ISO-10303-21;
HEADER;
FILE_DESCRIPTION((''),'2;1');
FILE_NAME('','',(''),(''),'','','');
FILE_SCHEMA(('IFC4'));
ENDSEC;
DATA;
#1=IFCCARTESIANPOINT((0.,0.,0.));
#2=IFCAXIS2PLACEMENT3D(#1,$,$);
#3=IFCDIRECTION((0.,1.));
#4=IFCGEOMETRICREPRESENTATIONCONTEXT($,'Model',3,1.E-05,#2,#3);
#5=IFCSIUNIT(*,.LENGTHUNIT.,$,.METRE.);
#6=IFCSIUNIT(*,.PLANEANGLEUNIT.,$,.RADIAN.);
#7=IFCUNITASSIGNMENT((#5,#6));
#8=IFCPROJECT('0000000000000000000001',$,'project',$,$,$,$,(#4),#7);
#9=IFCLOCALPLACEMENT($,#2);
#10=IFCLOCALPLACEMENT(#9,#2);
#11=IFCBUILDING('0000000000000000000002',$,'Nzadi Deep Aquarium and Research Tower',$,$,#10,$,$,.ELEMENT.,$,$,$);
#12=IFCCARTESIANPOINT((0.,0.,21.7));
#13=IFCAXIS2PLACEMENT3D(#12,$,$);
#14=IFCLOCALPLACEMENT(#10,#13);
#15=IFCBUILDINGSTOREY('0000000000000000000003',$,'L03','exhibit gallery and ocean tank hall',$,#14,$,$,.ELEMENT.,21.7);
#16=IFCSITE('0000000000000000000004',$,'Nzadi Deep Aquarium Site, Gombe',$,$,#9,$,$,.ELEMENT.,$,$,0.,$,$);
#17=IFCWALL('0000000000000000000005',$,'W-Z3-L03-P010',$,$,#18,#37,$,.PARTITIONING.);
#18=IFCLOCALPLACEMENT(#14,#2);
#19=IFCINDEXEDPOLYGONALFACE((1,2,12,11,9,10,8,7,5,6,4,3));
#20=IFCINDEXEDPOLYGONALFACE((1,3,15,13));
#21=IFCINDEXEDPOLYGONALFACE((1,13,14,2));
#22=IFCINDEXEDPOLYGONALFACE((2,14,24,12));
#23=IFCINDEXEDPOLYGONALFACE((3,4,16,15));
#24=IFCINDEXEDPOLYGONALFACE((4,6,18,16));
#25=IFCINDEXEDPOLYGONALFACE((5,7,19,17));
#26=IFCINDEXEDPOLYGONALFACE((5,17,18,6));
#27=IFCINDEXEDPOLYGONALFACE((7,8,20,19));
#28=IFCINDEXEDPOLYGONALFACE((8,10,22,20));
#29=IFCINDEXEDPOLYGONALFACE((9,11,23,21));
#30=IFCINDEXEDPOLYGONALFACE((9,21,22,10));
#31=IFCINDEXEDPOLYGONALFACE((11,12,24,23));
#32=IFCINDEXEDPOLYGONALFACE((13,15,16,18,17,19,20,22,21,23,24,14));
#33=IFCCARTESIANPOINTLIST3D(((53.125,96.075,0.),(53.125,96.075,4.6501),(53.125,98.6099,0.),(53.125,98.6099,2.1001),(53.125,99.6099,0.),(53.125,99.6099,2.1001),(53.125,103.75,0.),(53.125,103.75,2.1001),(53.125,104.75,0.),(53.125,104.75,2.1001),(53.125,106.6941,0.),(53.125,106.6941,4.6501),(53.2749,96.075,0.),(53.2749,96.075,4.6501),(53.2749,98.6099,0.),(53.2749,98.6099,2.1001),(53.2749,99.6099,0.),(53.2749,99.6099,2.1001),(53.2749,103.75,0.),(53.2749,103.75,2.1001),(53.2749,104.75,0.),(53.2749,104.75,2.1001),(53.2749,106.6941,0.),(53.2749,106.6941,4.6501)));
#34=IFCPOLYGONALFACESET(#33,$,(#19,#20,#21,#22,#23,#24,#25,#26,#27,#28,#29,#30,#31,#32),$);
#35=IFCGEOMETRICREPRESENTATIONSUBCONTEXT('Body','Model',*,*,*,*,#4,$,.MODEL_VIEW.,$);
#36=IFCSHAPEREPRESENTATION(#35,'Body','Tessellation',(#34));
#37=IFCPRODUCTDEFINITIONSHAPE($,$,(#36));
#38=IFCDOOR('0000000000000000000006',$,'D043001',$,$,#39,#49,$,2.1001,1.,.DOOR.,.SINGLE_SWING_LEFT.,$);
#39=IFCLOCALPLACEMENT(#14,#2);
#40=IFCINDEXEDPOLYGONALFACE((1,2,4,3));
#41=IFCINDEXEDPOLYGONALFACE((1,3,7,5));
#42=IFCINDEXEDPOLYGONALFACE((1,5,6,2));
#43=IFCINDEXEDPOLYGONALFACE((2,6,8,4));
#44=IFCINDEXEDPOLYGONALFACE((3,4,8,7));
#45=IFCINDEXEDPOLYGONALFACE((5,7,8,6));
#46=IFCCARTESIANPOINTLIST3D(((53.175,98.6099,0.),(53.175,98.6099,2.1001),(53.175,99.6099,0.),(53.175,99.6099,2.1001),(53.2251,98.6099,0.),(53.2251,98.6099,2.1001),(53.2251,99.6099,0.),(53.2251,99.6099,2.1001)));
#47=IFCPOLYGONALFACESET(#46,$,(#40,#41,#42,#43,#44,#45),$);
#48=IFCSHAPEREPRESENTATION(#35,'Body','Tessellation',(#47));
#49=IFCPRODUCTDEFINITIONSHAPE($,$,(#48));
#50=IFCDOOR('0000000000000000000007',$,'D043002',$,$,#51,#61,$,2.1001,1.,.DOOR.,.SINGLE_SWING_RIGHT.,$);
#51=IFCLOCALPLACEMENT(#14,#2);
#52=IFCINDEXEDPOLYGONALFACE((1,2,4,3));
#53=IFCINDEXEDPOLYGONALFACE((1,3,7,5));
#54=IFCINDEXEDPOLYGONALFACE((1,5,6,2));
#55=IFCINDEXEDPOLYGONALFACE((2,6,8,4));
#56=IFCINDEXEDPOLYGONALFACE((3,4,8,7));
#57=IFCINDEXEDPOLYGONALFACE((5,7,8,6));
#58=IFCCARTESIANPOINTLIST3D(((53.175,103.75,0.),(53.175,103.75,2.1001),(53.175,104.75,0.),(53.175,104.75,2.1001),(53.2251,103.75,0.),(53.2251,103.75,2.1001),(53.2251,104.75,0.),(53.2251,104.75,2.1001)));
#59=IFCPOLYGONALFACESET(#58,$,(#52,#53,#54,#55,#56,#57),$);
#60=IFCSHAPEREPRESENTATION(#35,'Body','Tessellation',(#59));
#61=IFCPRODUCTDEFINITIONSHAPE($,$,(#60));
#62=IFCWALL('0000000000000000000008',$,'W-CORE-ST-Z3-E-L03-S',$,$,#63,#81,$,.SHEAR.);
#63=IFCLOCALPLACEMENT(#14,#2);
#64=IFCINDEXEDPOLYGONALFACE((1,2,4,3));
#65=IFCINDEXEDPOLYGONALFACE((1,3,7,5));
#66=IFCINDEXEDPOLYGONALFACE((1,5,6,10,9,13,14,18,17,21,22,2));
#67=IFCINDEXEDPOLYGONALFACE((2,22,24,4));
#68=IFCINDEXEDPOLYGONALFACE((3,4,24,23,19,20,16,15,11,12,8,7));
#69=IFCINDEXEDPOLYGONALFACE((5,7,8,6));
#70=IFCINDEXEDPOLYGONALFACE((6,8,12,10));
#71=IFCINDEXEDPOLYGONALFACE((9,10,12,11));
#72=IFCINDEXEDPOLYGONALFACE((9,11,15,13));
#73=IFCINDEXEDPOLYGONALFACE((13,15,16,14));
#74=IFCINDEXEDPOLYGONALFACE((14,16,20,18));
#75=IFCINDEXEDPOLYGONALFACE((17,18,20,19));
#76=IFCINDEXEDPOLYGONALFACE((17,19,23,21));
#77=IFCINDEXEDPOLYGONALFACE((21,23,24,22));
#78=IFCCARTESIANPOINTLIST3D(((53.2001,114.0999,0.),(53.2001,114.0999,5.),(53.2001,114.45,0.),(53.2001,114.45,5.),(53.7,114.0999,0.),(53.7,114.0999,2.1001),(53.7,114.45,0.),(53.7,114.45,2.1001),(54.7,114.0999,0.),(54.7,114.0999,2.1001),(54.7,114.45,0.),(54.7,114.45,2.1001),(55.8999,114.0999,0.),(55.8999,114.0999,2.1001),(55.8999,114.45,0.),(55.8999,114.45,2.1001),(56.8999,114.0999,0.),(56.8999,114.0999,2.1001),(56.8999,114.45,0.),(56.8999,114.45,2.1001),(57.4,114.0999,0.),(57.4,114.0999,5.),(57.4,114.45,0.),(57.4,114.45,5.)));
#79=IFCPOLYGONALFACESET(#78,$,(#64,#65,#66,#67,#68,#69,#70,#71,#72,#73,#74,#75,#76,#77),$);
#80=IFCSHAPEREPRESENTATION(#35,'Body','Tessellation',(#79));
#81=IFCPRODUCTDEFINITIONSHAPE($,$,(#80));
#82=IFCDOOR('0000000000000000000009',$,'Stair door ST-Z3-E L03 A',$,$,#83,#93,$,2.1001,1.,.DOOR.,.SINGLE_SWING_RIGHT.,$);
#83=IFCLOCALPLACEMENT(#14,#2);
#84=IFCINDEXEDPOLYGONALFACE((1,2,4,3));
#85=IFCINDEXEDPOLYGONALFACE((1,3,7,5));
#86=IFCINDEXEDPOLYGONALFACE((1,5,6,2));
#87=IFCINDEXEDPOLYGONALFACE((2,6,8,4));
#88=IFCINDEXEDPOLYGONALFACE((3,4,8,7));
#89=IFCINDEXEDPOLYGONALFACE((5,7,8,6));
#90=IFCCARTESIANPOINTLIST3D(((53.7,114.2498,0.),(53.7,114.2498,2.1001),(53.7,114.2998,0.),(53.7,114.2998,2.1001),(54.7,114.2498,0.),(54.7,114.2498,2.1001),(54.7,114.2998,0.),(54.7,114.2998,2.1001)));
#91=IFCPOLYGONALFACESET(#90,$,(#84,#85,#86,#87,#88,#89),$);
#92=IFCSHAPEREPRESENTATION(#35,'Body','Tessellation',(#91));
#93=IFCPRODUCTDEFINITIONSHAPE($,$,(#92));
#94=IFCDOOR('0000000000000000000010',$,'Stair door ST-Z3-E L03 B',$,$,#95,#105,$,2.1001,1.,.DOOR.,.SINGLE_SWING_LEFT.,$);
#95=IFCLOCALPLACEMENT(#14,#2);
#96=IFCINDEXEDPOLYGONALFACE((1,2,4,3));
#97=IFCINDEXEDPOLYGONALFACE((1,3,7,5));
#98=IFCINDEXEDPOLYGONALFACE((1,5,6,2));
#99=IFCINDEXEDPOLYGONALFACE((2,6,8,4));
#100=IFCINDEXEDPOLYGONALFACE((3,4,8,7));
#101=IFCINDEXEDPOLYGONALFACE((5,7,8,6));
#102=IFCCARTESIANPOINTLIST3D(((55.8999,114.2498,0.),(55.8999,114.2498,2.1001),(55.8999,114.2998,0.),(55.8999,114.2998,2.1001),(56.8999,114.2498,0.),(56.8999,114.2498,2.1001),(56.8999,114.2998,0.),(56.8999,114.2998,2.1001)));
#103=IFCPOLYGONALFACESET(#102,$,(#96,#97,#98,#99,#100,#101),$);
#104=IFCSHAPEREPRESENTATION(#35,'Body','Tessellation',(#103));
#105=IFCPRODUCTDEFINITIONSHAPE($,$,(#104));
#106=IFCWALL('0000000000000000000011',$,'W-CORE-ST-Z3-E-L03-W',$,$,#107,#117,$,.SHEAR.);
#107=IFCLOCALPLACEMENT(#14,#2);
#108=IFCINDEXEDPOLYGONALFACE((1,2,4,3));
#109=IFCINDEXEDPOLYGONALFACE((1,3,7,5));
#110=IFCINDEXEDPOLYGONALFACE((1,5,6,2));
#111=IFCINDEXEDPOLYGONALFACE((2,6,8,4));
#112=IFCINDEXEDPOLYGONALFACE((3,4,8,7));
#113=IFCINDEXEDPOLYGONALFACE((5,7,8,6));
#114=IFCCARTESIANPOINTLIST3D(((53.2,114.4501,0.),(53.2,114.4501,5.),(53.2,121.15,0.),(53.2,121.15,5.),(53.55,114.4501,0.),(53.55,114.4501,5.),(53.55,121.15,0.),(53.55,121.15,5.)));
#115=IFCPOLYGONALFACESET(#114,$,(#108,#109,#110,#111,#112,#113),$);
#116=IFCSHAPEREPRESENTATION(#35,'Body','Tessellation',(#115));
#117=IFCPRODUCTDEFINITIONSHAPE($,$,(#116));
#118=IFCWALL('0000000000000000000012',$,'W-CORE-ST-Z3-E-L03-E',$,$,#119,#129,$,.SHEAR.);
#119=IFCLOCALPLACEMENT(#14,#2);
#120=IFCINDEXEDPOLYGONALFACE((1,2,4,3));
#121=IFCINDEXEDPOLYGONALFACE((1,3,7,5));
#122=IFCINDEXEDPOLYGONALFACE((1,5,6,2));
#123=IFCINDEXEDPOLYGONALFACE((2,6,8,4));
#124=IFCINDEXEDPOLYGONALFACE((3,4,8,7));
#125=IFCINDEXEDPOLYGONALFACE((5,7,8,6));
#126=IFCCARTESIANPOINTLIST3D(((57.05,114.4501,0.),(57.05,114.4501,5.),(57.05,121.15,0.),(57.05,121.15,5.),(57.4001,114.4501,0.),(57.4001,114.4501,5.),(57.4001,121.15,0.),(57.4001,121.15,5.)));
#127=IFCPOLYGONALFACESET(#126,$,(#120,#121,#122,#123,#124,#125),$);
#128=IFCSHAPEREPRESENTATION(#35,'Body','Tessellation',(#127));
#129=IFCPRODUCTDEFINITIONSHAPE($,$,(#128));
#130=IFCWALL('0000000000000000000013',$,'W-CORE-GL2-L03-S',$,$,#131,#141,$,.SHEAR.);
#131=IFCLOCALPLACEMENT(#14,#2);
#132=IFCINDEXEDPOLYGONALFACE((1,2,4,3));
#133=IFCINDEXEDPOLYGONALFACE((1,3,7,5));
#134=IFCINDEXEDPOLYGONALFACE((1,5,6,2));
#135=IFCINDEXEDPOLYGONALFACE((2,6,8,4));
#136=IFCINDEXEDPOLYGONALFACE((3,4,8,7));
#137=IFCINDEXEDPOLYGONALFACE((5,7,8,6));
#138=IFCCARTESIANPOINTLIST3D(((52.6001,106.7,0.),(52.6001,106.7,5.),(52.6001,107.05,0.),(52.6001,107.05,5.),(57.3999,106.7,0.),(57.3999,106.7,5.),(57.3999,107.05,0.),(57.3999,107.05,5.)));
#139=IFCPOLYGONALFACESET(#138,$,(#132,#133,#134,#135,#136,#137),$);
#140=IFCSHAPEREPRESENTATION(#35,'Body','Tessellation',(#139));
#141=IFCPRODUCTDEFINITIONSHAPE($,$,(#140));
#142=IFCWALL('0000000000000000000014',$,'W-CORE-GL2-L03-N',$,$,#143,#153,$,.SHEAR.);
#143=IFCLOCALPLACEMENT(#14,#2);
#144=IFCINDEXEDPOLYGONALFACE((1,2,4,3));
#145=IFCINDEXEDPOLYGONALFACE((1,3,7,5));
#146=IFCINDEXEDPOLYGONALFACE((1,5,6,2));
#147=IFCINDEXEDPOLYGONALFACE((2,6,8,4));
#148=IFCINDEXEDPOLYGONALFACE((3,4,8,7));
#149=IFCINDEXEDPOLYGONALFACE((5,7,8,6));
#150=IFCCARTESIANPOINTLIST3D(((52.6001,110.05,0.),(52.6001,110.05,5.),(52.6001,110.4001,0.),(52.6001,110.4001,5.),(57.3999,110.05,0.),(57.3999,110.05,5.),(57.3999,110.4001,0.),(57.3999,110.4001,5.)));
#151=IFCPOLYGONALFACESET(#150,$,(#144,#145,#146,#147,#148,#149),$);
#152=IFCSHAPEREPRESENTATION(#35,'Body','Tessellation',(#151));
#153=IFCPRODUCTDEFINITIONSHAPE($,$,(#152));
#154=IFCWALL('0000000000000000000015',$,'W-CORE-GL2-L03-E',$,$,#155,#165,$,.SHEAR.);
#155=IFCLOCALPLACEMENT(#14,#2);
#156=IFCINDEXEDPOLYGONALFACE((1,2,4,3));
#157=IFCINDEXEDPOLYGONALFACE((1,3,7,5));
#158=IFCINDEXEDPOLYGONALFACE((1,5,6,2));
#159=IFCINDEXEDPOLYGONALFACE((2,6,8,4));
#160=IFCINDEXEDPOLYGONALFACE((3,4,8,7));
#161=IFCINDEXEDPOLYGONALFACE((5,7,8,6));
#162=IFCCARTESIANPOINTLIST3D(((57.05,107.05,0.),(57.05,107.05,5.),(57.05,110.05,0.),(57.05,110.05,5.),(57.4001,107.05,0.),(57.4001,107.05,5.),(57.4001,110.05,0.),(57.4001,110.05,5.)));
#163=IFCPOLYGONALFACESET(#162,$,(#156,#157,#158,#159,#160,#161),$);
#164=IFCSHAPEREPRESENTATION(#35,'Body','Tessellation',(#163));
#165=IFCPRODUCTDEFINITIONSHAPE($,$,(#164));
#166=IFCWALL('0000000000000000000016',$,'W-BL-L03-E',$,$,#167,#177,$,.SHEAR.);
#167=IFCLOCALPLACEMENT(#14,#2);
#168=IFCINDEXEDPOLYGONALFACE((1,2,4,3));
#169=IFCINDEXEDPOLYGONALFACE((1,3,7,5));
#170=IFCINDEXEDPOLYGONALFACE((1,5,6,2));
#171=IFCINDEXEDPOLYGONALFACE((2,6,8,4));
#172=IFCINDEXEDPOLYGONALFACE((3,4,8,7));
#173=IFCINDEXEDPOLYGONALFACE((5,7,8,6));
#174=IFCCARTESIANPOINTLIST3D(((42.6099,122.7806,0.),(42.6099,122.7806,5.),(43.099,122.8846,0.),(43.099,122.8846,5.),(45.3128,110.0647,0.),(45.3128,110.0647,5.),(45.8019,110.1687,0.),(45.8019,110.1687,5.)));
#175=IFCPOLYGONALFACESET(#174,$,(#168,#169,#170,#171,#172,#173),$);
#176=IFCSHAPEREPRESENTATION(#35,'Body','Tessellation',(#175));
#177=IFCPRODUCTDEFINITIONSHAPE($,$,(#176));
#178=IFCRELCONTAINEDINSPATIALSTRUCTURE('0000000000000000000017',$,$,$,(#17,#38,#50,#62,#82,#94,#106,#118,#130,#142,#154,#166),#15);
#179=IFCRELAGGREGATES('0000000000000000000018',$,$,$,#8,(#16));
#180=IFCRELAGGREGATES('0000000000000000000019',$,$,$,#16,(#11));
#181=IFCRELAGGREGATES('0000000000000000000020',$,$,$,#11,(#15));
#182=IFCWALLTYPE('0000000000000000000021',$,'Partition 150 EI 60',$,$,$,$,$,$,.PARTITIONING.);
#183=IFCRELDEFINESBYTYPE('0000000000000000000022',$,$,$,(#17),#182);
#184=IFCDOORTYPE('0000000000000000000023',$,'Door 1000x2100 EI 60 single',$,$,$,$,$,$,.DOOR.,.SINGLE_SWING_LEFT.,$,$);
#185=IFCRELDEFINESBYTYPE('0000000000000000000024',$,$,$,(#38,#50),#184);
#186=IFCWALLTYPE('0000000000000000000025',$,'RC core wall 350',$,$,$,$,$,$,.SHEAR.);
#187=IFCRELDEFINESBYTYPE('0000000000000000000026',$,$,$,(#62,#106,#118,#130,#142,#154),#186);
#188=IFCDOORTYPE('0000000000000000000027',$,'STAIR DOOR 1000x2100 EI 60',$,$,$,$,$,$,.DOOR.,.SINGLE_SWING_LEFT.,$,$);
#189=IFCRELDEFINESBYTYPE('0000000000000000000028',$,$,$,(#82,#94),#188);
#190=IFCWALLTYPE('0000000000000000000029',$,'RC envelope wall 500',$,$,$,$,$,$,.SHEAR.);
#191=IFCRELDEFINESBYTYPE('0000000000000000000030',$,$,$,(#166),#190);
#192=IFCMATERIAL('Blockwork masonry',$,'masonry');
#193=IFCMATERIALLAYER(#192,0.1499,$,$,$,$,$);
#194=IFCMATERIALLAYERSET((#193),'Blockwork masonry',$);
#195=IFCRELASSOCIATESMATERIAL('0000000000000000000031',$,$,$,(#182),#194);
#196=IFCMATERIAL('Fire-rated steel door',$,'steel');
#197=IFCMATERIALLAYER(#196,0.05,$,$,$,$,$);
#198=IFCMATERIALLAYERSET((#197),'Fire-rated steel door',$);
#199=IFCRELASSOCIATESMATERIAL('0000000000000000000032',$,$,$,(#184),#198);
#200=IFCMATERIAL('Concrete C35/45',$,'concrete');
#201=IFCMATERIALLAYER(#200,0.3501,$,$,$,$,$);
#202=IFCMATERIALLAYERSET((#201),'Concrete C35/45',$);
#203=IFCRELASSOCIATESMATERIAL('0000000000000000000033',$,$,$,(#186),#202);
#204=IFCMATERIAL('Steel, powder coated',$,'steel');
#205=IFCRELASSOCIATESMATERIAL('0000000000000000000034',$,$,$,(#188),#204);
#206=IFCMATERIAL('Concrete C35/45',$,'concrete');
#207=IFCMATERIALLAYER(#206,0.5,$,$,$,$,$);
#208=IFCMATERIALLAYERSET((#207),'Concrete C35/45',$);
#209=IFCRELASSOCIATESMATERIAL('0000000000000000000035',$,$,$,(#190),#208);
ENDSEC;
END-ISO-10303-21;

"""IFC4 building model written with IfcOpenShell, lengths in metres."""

from ifc_helpers import new_model, si_unit, direction, frame, frame_2d, origin, place, context, subcontext, project, spatial, rectangle, extrude, material, layer, layer_set, type_object, element, fill, save


model = new_model("IFC4")

# Units and contexts
model_context = context("Model", 3, precision=1e-05, world=origin(), true_north=direction((0.0, 1.0)))
body_context = subcontext(model_context, "Body", "Model", "MODEL_VIEW")
ifc_project = project(units=[si_unit("LENGTHUNIT", "METRE"), si_unit("PLANEANGLEUNIT", "RADIAN")], contexts=[model_context])

# Site, building, storey
site_placement = place(None, origin())
site = spatial("IfcSite", under=ifc_project, at=site_placement, Name="Nzadi Deep Aquarium Site, Gombe", CompositionType="ELEMENT", RefElevation=0.0)
building_placement = place(site_placement, origin())
building = spatial("IfcBuilding", under=site, at=building_placement, Name="Nzadi Deep Aquarium and Research Tower", CompositionType="ELEMENT")
storey_placement = place(building_placement, frame((0.0, 0.0, 21.7)))
storey = spatial("IfcBuildingStorey", under=building, at=storey_placement, Name="L03", Description="exhibit gallery and ocean tank hall", CompositionType="ELEMENT", Elevation=21.7)

# Shared definitions
ifc_material_1 = material(Name="Blockwork masonry", Category="masonry")
ifc_layer_1 = layer(ifc_material_1, 0.1499)
ifc_layer_set_1 = layer_set([ifc_layer_1], Name="Blockwork masonry")
wall_type_1 = type_object("IfcWallType", Name="Partition 150 EI 60", PredefinedType="PARTITIONING", material=ifc_layer_set_1)

# Walls, openings, doors
wall_1_placement = place(storey_placement, frame((53.2, 96.075, 0.0), z_axis=(0.0, 0.0, 1.0), x_axis=(0.0, 1.0, 0.0)))
wall_1 = element("IfcWall", 1, at=wall_1_placement, inside=storey, type_object=wall_type_1, Name="W-Z3-L03-P010", PredefinedType="PARTITIONING", context=body_context, shape_type="SweptSolid", body=[
    extrude(rectangle(XDim=10.6191, YDim=0.1499, at=frame_2d((5.3096, 0.0))), origin(), (0.0, 0.0, 1.0), 4.6501),
])
opening_1_placement = place(wall_1_placement, frame((2.5349, 0.0, 0.0)))
opening_1 = element("IfcOpeningElement", 2, at=opening_1_placement, cuts=wall_1, PredefinedType="OPENING", context=body_context, shape_type="SweptSolid", body=[
    extrude(rectangle(XDim=1.0, YDim=2.1001, at=frame_2d((0.5, 1.05))), frame((0.0, 0.085, 0.0), z_axis=(0.0, -1.0, 0.0), x_axis=(1.0, 0.0, 0.0)), (0.0, 0.0, 1.0), 0.1699),
])
opening_2_placement = place(wall_1_placement, frame((7.675, 0.0, 0.0)))
opening_2 = element("IfcOpeningElement", 3, at=opening_2_placement, cuts=wall_1, PredefinedType="OPENING", context=body_context, shape_type="SweptSolid", body=[
    extrude(rectangle(XDim=1.0, YDim=2.1001, at=frame_2d((0.5, 1.05))), frame((0.0, 0.085, 0.0), z_axis=(0.0, -1.0, 0.0), x_axis=(1.0, 0.0, 0.0)), (0.0, 0.0, 1.0), 0.1699),
])
ifc_material_2 = material(Name="Fire-rated steel door", Category="steel")
ifc_layer_2 = layer(ifc_material_2, 0.05)
ifc_layer_set_2 = layer_set([ifc_layer_2], Name="Fire-rated steel door")
door_type_1 = type_object("IfcDoorType", Name="Door 1000x2100 EI 60 single", OperationType="SINGLE_SWING_LEFT", PredefinedType="DOOR", material=ifc_layer_set_2)
door_1_placement = place(opening_1_placement, origin())
door_1 = element("IfcDoor", 4, at=door_1_placement, inside=storey, type_object=door_type_1, Name="D043001", OperationType="SINGLE_SWING_LEFT", OverallHeight=2.1001, OverallWidth=1.0, PredefinedType="DOOR", context=body_context, shape_type="SweptSolid", body=[
    extrude(rectangle(XDim=1.0, YDim=2.1001, at=frame_2d((0.5, 1.05))), frame((0.0, 0.0249, 0.0), z_axis=(0.0, -1.0, 0.0), x_axis=(1.0, 0.0, 0.0)), (0.0, 0.0, 1.0), 0.05),
])
fill(opening_1, door_1)
door_2_placement = place(opening_2_placement, origin())
door_2 = element("IfcDoor", 5, at=door_2_placement, inside=storey, type_object=door_type_1, Name="D043002", OperationType="SINGLE_SWING_RIGHT", OverallHeight=2.1001, OverallWidth=1.0, PredefinedType="DOOR", context=body_context, shape_type="SweptSolid", body=[
    extrude(rectangle(XDim=1.0, YDim=2.1001, at=frame_2d((0.5, 1.05))), frame((0.0, 0.0249, 0.0), z_axis=(0.0, -1.0, 0.0), x_axis=(1.0, 0.0, 0.0)), (0.0, 0.0, 1.0), 0.05),
])
fill(opening_2, door_2)
ifc_material_3 = material(Name="Concrete C35/45", Category="concrete")
ifc_layer_3 = layer(ifc_material_3, 0.3501)
ifc_layer_set_3 = layer_set([ifc_layer_3], Name="Concrete C35/45")
wall_type_2 = type_object("IfcWallType", Name="RC core wall 350", PredefinedType="SHEAR", material=ifc_layer_set_3)
wall_2_placement = place(storey_placement, frame((53.2, 114.2749, 0.0), z_axis=(0.0, 0.0, 1.0), x_axis=(1.0, 0.0, 0.0)))
wall_2 = element("IfcWall", 6, at=wall_2_placement, inside=storey, type_object=wall_type_2, Name="W-CORE-ST-Z3-E-L03-S", PredefinedType="SHEAR", context=body_context, shape_type="SweptSolid", body=[
    extrude(rectangle(XDim=4.2, YDim=0.3501, at=frame_2d((2.1001, 0.0))), origin(), (0.0, 0.0, 1.0), 5.0),
])
opening_3_placement = place(wall_2_placement, frame((0.5, 0.0, 0.0)))
opening_3 = element("IfcOpeningElement", 7, at=opening_3_placement, cuts=wall_2, PredefinedType="OPENING", context=body_context, shape_type="SweptSolid", body=[
    extrude(rectangle(XDim=1.0, YDim=2.1001, at=frame_2d((0.5, 1.05))), frame((0.0, 0.1851, 0.0), z_axis=(0.0, -1.0, 0.0), x_axis=(1.0, 0.0, 0.0)), (0.0, 0.0, 1.0), 0.3701),
])
opening_4_placement = place(wall_2_placement, frame((2.7, 0.0, 0.0)))
opening_4 = element("IfcOpeningElement", 8, at=opening_4_placement, cuts=wall_2, PredefinedType="OPENING", context=body_context, shape_type="SweptSolid", body=[
    extrude(rectangle(XDim=1.0, YDim=2.1001, at=frame_2d((0.5, 1.05))), frame((0.0, 0.1851, 0.0), z_axis=(0.0, -1.0, 0.0), x_axis=(1.0, 0.0, 0.0)), (0.0, 0.0, 1.0), 0.3701),
])
ifc_material_4 = material(Name="Steel, powder coated", Category="steel")
door_type_2 = type_object("IfcDoorType", Name="STAIR DOOR 1000x2100 EI 60", OperationType="SINGLE_SWING_LEFT", PredefinedType="DOOR", material=ifc_material_4)
door_3_placement = place(opening_3_placement, origin())
door_3 = element("IfcDoor", 9, at=door_3_placement, inside=storey, type_object=door_type_2, Name="Stair door ST-Z3-E L03 A", OperationType="SINGLE_SWING_RIGHT", OverallHeight=2.1001, OverallWidth=1.0, PredefinedType="DOOR", context=body_context, shape_type="SweptSolid", body=[
    extrude(rectangle(XDim=1.0, YDim=2.1001, at=frame_2d((0.5, 1.05))), frame((0.0, 0.0249, 0.0), z_axis=(0.0, -1.0, 0.0), x_axis=(1.0, 0.0, 0.0)), (0.0, 0.0, 1.0), 0.05),
])
fill(opening_3, door_3)
door_4_placement = place(opening_4_placement, origin())
door_4 = element("IfcDoor", 10, at=door_4_placement, inside=storey, type_object=door_type_2, Name="Stair door ST-Z3-E L03 B", OperationType="SINGLE_SWING_LEFT", OverallHeight=2.1001, OverallWidth=1.0, PredefinedType="DOOR", context=body_context, shape_type="SweptSolid", body=[
    extrude(rectangle(XDim=1.0, YDim=2.1001, at=frame_2d((0.5, 1.05))), frame((0.0, 0.0249, 0.0), z_axis=(0.0, -1.0, 0.0), x_axis=(1.0, 0.0, 0.0)), (0.0, 0.0, 1.0), 0.05),
])
fill(opening_4, door_4)

# Walls
for number, where, z_axis, x_axis, name in (
    (11, (53.375, 114.45, 0.0), (0.0, 0.0, 1.0), (0.0, 1.0, 0.0), "W-CORE-ST-Z3-E-L03-W"),
    (12, (57.2251, 114.45, 0.0), (0.0, 0.0, 1.0), (0.0, 1.0, 0.0), "W-CORE-ST-Z3-E-L03-E"),
):
    element("IfcWall", number, at=place(storey_placement, frame(where, z_axis=z_axis, x_axis=x_axis)), inside=storey, type_object=wall_type_2, Name=name, PredefinedType="SHEAR", context=body_context, shape_type="SweptSolid", body=[
        extrude(rectangle(XDim=6.7, YDim=0.3501, at=frame_2d((3.3501, 0.0))), origin(), (0.0, 0.0, 1.0), 5.0),
    ])
for number, where, z_axis, x_axis, name in (
    (13, (52.6001, 106.875, 0.0), (0.0, 0.0, 1.0), (1.0, 0.0, 0.0), "W-CORE-GL2-L03-S"),
    (14, (52.6001, 110.2251, 0.0), (0.0, 0.0, 1.0), (1.0, 0.0, 0.0), "W-CORE-GL2-L03-N"),
):
    element("IfcWall", number, at=place(storey_placement, frame(where, z_axis=z_axis, x_axis=x_axis)), inside=storey, type_object=wall_type_2, Name=name, PredefinedType="SHEAR", context=body_context, shape_type="SweptSolid", body=[
        extrude(rectangle(XDim=4.7998, YDim=0.3501, at=frame_2d((2.3999, 0.0))), origin(), (0.0, 0.0, 1.0), 5.0),
    ])

# Walls
wall_3_placement = place(storey_placement, frame((57.2251, 107.05, 0.0), z_axis=(0.0, 0.0, 1.0), x_axis=(0.0, 1.0, 0.0)))
element("IfcWall", 15, at=wall_3_placement, inside=storey, type_object=wall_type_2, Name="W-CORE-GL2-L03-E", PredefinedType="SHEAR", context=body_context, shape_type="SweptSolid", body=[
    extrude(rectangle(XDim=3.0, YDim=0.3501, at=frame_2d((1.5, 0.0))), origin(), (0.0, 0.0, 1.0), 5.0),
])
ifc_material_5 = material(Name="Concrete C35/45", Category="concrete")
ifc_layer_4 = layer(ifc_material_5, 0.5)
ifc_layer_set_4 = layer_set([ifc_layer_4], Name="Concrete C35/45")
wall_type_3 = type_object("IfcWallType", Name="RC envelope wall 500", PredefinedType="SHEAR", material=ifc_layer_set_4)
wall_4_placement = place(storey_placement, frame((45.5574, 110.1167, 0.0), z_axis=(0.0, 0.0, 1.0), x_axis=(-0.207915, 0.978147, 0.0)))
element("IfcWall", 16, at=wall_4_placement, inside=storey, type_object=wall_type_3, Name="W-BL-L03-E", PredefinedType="SHEAR", context=body_context, shape_type="SweptSolid", body=[
    extrude(rectangle(XDim=13.0, YDim=0.5, at=frame_2d((6.5, 0.0))), origin(), (0.0, 0.0, 1.0), 5.0),
])

save(model, "model.ifc")
